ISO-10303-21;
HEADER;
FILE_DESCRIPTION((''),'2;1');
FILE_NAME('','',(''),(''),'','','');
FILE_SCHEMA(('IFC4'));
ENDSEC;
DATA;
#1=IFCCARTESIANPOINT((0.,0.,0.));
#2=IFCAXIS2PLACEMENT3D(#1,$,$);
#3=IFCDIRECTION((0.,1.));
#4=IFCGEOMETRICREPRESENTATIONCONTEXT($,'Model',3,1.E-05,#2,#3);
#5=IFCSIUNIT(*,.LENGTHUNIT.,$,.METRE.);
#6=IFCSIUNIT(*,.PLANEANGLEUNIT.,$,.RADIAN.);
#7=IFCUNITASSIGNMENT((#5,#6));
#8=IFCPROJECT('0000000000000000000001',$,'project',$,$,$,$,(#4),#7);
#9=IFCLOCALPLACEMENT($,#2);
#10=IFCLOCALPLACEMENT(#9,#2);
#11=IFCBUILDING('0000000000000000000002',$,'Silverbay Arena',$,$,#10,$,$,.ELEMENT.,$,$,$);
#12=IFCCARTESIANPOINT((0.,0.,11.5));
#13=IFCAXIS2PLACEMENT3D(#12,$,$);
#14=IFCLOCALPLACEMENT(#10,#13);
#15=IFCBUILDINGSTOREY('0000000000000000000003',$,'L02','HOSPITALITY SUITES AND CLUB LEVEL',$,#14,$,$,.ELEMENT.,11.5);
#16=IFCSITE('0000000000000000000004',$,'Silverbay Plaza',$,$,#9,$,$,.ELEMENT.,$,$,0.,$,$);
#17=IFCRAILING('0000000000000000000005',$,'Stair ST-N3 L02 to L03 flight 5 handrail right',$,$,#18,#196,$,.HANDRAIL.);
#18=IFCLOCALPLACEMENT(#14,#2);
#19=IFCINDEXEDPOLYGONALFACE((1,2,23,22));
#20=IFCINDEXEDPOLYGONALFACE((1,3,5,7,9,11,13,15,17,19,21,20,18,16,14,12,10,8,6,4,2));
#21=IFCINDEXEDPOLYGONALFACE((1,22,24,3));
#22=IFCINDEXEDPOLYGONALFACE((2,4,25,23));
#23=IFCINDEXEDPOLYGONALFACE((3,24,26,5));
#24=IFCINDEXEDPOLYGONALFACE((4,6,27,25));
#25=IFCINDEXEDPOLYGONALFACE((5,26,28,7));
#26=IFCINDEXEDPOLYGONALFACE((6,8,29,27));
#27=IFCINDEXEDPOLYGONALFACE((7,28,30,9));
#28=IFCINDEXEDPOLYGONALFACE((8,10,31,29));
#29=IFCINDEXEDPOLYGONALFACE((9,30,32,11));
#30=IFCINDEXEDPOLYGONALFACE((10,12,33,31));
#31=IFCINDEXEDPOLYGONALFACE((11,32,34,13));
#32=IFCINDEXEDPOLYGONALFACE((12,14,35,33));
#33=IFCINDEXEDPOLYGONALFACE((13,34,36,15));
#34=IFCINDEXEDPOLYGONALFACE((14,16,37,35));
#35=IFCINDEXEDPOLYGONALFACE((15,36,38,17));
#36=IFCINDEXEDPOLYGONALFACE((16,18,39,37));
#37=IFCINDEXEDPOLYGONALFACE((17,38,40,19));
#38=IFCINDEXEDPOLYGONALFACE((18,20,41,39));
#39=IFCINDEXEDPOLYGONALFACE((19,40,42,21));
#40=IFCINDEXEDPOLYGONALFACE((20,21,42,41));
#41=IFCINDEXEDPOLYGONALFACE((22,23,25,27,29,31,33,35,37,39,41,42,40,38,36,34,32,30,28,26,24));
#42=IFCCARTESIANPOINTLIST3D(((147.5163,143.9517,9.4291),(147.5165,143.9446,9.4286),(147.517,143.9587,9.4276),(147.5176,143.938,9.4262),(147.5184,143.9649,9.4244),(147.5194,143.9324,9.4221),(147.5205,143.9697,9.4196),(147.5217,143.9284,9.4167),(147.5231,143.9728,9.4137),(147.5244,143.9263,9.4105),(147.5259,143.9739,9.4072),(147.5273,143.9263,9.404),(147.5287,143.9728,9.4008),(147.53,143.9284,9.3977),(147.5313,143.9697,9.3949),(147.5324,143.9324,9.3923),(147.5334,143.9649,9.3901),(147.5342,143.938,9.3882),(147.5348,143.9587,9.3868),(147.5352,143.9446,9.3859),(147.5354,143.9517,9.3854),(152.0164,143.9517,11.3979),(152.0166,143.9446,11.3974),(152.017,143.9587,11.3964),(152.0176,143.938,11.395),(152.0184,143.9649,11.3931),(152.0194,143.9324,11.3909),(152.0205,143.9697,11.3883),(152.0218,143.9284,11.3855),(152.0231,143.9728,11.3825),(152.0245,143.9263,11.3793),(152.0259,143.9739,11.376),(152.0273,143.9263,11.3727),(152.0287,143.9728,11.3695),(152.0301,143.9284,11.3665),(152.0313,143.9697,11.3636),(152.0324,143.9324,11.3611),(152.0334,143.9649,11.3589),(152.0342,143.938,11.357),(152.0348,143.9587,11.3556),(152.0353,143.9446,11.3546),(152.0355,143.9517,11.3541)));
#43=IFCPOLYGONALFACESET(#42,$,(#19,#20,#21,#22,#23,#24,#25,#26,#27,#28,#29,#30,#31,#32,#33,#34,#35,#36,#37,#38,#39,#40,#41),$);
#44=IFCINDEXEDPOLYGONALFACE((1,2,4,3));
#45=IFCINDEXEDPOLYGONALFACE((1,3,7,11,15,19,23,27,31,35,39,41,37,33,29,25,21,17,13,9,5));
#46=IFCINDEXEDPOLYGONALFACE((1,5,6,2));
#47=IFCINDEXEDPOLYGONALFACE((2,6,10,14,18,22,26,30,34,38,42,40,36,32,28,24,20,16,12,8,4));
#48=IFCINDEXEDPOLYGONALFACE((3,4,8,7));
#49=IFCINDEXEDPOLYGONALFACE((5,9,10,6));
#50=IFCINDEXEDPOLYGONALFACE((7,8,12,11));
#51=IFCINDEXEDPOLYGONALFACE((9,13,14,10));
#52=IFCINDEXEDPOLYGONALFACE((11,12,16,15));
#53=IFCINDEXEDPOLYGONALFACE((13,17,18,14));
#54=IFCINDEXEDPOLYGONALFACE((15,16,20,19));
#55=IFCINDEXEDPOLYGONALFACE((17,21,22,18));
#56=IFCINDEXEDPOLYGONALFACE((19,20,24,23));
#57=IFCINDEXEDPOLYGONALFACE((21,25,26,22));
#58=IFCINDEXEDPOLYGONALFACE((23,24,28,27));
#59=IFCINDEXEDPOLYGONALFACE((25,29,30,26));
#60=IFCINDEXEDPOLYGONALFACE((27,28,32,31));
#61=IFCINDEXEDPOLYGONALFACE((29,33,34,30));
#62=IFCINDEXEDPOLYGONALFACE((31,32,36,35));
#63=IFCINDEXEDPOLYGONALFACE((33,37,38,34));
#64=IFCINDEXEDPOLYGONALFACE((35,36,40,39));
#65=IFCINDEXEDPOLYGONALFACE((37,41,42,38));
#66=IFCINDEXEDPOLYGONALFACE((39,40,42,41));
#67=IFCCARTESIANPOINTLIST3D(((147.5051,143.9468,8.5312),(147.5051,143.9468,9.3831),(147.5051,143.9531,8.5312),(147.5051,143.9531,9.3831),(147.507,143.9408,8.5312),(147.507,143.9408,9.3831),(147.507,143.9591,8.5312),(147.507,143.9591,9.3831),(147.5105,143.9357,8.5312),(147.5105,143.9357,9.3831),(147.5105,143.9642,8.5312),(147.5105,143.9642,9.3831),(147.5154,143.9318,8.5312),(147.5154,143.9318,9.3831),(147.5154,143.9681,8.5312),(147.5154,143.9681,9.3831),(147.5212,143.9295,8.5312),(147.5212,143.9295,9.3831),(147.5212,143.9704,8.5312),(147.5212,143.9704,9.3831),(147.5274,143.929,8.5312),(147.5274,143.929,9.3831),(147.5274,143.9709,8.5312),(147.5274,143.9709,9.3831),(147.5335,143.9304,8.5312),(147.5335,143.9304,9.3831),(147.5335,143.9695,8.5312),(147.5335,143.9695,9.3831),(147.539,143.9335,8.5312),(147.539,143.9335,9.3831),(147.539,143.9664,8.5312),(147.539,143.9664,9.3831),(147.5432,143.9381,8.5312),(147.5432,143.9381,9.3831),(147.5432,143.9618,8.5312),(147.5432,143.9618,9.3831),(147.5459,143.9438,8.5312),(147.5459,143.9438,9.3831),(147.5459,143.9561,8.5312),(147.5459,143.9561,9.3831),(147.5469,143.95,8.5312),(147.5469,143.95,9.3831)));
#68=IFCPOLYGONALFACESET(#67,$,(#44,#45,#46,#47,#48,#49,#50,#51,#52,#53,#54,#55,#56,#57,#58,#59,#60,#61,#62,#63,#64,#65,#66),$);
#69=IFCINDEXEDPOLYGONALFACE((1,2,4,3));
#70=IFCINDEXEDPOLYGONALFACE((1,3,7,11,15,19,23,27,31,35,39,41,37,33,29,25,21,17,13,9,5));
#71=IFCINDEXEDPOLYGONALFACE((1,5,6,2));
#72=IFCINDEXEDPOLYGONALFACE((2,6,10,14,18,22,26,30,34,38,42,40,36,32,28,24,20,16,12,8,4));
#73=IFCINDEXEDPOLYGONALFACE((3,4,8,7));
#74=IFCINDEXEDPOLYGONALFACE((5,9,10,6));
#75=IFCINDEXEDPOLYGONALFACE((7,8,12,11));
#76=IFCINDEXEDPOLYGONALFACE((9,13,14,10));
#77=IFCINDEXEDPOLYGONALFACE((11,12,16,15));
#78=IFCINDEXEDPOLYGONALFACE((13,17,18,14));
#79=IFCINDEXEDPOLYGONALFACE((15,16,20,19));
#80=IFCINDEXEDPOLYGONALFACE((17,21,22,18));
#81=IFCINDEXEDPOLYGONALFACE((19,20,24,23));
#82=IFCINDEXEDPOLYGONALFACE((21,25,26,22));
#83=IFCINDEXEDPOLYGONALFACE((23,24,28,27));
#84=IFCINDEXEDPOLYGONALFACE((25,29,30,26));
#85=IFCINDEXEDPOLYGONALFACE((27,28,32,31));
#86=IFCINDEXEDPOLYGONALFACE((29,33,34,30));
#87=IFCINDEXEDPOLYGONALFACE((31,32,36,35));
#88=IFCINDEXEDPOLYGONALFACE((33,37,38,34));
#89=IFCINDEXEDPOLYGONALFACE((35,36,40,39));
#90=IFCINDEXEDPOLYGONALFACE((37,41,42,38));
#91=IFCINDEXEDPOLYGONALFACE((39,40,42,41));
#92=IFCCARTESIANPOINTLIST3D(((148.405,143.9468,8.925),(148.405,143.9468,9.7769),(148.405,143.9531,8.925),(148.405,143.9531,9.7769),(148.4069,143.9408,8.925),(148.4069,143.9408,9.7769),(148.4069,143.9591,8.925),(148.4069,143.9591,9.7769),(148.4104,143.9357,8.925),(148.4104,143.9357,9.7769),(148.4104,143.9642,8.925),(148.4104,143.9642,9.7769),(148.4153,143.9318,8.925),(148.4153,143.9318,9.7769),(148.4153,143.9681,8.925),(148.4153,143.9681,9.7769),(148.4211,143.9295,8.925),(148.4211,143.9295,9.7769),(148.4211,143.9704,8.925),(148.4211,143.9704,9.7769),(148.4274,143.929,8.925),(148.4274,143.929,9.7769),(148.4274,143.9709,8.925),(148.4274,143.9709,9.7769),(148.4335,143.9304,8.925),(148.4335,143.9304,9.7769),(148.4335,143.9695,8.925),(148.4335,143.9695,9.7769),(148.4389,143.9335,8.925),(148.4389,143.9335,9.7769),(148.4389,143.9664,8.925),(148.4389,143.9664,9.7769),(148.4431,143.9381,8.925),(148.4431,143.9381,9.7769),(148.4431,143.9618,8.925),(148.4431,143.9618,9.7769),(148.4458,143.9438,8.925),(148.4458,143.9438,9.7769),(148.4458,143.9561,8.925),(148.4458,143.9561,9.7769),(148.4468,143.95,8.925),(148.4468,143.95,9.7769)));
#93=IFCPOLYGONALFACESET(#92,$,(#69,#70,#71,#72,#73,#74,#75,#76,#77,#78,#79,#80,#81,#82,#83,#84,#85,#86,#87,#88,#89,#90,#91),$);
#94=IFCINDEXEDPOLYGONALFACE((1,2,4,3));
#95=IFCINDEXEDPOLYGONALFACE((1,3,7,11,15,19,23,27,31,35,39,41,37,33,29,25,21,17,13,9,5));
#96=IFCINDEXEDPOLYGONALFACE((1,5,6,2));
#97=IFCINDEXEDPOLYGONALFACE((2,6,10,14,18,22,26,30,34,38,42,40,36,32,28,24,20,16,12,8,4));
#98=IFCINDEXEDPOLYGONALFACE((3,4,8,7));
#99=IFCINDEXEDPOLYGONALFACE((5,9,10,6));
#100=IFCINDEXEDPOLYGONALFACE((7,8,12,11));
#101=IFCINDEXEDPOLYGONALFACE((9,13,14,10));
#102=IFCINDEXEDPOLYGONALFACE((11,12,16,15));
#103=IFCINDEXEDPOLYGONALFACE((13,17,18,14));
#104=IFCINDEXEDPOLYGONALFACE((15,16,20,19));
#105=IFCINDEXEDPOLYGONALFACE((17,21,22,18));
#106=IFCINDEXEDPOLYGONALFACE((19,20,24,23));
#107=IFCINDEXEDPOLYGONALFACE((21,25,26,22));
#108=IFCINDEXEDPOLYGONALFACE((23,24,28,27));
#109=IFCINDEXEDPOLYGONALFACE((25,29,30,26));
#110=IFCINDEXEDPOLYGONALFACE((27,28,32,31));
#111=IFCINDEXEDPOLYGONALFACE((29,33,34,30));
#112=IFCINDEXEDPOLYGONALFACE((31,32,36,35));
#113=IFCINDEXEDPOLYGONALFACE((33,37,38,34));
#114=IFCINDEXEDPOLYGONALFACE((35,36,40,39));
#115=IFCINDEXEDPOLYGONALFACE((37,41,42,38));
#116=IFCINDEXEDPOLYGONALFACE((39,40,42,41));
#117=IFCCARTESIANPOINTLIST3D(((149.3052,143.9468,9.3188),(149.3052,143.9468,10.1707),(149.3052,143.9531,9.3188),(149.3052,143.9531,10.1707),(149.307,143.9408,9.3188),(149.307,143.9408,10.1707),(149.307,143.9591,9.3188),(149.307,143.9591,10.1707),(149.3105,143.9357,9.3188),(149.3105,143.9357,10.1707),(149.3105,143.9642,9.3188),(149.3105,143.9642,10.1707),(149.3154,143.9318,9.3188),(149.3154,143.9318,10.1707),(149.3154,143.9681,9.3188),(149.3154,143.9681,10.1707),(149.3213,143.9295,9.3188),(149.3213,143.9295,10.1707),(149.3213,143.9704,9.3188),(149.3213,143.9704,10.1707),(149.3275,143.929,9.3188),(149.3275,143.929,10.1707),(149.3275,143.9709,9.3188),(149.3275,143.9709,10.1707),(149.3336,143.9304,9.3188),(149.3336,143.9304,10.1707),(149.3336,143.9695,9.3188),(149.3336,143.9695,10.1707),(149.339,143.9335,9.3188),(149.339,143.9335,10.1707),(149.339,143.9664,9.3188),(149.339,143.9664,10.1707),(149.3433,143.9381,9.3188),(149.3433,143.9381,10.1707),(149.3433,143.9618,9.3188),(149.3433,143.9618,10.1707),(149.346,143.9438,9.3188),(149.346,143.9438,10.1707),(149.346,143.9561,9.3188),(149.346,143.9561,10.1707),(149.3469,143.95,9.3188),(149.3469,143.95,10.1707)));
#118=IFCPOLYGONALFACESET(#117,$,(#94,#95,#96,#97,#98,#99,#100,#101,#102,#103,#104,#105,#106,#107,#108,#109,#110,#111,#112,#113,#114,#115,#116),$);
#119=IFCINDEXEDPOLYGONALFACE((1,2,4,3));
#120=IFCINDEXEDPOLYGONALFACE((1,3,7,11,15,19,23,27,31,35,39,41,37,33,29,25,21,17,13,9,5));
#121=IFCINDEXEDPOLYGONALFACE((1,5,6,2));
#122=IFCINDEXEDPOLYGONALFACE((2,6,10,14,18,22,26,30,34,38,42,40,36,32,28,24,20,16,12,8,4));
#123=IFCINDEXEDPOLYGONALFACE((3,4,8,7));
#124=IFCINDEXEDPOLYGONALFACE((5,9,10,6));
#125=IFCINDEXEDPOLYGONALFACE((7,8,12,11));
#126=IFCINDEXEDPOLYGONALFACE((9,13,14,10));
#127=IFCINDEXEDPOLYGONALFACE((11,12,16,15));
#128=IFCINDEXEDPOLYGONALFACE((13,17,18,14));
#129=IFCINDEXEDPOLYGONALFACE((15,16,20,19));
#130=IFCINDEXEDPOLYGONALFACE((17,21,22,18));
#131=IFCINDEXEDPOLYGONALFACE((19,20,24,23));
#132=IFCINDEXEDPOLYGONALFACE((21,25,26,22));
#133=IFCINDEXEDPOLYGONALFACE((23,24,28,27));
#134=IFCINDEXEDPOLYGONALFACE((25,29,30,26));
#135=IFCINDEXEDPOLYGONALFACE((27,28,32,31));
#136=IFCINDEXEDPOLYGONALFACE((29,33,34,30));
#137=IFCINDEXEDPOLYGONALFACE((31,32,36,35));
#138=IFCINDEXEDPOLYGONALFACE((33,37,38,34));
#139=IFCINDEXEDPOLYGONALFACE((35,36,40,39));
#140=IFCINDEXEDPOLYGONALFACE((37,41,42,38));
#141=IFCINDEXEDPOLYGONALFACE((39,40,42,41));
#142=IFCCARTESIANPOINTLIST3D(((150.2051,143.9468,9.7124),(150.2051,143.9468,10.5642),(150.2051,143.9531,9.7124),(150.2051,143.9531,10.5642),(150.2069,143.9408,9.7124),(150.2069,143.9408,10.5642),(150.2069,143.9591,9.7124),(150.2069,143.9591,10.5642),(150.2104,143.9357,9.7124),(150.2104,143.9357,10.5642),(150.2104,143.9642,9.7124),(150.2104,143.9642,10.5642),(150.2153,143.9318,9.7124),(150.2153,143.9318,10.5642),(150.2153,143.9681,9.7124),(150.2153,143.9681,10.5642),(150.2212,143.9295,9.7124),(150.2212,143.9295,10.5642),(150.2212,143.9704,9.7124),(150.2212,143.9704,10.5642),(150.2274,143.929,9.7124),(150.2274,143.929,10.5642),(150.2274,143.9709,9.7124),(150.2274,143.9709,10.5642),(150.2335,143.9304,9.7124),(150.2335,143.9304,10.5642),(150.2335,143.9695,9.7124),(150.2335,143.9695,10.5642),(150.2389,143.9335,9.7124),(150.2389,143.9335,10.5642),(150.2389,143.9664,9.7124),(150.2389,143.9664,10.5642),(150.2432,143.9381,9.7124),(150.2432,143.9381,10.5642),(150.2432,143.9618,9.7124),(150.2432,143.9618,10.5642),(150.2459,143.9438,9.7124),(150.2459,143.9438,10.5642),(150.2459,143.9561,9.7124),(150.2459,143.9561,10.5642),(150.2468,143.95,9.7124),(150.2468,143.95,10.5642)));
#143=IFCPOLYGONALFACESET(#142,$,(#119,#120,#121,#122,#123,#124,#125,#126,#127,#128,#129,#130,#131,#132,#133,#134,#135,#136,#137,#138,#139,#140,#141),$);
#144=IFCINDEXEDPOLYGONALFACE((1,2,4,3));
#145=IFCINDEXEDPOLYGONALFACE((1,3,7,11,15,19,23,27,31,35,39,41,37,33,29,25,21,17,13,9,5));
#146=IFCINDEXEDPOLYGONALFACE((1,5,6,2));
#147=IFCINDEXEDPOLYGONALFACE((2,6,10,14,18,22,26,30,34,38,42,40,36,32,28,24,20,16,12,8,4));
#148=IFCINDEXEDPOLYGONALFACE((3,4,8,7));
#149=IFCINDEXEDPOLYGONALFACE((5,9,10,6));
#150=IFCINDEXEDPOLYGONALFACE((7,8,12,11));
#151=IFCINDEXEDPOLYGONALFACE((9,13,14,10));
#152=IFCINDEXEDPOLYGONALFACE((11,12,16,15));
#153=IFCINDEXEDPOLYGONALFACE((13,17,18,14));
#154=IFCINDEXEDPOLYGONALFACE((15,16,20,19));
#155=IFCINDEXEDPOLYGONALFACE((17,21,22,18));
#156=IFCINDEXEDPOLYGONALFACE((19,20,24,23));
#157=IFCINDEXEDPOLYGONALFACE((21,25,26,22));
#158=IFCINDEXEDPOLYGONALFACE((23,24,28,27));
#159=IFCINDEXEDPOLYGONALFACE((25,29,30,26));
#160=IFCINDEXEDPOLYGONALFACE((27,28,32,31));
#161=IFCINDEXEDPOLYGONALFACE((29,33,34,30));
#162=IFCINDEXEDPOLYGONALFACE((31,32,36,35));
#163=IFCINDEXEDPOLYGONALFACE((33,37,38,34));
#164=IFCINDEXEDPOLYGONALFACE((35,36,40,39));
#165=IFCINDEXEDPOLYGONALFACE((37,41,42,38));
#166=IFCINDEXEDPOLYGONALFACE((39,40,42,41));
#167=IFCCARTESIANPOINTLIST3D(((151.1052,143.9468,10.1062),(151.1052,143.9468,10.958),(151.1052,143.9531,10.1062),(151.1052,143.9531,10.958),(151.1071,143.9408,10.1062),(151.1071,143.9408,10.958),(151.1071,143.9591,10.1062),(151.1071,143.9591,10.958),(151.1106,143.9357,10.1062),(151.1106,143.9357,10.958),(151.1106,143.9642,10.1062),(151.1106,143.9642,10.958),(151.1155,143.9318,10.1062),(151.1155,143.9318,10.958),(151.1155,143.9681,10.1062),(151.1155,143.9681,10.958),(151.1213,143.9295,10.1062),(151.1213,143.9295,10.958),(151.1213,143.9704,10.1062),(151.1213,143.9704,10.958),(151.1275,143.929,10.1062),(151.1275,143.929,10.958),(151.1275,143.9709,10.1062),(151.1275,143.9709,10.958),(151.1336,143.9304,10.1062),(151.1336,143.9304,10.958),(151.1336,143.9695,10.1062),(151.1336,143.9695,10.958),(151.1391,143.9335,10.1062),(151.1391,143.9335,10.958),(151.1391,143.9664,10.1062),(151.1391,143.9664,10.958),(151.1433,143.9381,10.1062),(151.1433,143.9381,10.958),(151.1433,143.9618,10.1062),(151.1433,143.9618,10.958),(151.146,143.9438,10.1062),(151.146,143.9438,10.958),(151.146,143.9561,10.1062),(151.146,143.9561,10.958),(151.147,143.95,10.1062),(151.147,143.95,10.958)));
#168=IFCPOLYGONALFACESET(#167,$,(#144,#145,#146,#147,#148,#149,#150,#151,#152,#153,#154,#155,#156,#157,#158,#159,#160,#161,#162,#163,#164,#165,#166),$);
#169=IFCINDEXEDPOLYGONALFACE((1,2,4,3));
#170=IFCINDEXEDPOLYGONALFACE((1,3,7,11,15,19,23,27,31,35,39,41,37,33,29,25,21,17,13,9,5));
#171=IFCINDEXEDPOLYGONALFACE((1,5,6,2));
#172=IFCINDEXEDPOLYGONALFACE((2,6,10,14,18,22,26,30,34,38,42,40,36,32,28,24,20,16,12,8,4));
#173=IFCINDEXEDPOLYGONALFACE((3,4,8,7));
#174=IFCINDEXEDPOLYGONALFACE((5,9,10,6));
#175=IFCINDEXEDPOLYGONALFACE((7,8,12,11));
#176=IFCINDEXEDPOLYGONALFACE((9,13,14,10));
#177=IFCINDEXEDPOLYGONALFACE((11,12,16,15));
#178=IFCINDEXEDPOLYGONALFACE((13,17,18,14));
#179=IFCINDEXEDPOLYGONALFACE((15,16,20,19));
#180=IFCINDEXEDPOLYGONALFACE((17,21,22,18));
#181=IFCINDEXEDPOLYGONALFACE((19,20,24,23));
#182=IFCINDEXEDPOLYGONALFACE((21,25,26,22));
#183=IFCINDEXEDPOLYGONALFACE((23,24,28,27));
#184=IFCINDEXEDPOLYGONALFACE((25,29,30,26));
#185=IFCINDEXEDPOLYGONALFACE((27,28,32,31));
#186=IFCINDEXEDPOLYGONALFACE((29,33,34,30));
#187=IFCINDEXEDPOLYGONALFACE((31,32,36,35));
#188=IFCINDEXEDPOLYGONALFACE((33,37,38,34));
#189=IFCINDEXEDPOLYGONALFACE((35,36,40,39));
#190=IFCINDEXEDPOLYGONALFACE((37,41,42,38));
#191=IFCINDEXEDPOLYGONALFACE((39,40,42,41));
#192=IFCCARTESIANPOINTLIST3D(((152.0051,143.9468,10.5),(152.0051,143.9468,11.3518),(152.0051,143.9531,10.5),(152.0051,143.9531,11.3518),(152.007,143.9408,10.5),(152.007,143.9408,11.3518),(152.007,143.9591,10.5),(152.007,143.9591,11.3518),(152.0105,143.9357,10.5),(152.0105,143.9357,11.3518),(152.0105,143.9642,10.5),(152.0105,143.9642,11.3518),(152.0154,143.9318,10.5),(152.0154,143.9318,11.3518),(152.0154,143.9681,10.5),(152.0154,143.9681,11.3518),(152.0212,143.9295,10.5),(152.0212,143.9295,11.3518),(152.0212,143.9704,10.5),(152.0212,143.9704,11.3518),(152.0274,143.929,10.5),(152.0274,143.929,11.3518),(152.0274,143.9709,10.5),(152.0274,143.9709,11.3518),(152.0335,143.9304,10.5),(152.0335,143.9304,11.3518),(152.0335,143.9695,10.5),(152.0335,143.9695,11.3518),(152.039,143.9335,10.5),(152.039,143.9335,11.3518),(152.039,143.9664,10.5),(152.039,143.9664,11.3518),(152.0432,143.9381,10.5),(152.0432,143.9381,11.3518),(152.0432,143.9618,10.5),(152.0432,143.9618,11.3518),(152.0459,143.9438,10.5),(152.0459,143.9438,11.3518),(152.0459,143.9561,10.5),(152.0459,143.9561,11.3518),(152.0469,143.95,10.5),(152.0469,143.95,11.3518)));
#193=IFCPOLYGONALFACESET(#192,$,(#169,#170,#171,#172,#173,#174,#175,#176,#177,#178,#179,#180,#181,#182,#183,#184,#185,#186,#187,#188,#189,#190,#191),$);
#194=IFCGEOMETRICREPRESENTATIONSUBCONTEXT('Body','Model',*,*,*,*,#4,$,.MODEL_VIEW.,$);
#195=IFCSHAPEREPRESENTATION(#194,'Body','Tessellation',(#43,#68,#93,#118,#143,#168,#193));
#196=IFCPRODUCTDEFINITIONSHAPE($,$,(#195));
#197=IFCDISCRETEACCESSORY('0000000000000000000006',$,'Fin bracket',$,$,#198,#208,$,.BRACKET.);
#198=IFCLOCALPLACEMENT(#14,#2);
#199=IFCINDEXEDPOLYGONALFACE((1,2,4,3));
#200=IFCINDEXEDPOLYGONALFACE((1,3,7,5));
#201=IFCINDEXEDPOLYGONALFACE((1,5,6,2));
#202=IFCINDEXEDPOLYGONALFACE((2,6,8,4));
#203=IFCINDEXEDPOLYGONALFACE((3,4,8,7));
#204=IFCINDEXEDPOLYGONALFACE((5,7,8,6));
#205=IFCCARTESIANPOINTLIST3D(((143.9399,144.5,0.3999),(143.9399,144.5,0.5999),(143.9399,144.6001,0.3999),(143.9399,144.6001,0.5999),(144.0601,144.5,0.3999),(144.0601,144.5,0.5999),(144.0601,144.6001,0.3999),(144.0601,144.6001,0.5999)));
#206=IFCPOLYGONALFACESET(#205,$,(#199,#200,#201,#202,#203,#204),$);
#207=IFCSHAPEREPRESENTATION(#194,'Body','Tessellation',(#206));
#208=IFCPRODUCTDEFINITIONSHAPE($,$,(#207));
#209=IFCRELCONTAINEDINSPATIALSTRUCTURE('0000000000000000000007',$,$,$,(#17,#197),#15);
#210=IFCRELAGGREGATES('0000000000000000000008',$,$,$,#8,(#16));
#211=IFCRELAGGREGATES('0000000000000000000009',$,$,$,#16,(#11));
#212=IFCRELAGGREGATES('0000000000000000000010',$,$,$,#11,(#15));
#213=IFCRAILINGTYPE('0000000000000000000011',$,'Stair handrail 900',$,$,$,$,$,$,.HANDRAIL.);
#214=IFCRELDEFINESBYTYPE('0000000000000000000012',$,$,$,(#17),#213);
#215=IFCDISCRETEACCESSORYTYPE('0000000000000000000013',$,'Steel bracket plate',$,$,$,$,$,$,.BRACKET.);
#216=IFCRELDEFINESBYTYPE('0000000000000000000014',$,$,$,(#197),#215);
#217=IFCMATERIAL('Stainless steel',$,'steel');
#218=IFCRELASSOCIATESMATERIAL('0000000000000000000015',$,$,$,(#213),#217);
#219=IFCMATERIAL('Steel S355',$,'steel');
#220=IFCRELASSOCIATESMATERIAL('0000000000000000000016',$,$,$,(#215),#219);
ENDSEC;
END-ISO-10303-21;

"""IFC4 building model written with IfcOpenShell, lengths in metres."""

from ifc_helpers import new_model, si_unit, direction, frame, origin, origin_2d, place, context, subcontext, project, spatial, rectangle, circle, extrude, material, type_object, element, save


model = new_model("IFC4")

# Units and contexts
model_context = context("Model", 3, precision=1e-05, world=origin(), true_north=direction((0.0, 1.0)))
body_context = subcontext(model_context, "Body", "Model", "MODEL_VIEW")
ifc_project = project(units=[si_unit("LENGTHUNIT", "METRE"), si_unit("PLANEANGLEUNIT", "RADIAN")], contexts=[model_context])

# Site, building, storey
site_placement = place(None, origin())
site = spatial("IfcSite", under=ifc_project, at=site_placement, Name="Silverbay Plaza", CompositionType="ELEMENT", RefElevation=0.0)
building_placement = place(site_placement, origin())
building = spatial("IfcBuilding", under=site, at=building_placement, Name="Silverbay Arena", CompositionType="ELEMENT")
storey_placement = place(building_placement, frame((0.0, 0.0, 11.5)))
storey = spatial("IfcBuildingStorey", under=building, at=storey_placement, Name="L02", Description="HOSPITALITY SUITES AND CLUB LEVEL", CompositionType="ELEMENT", Elevation=11.5)

# Railing
ifc_material_1 = material(Name="Stainless steel", Category="steel")
railing_type_1 = type_object("IfcRailingType", Name="Stair handrail 900", PredefinedType="HANDRAIL", material=ifc_material_1)
for number, where, name in (
    (1, (147.5259, 143.95, 8.5312), "Stair ST-N3 L02 to L03 flight 5 handrail right"),
):
    element("IfcRailing", number, at=place(storey_placement, frame(where)), inside=storey, type_object=railing_type_1, Name=name, PredefinedType="HANDRAIL", context=body_context, shape_type="SweptSolid", body=[
        extrude(circle(Radius=0.0239, at=origin_2d()), frame((0.0, 0.0, 0.876), z_axis=(0.916157, 0.0, 0.400819), x_axis=(0.0, 1.0, 0.0)), (0.0, 0.0, 1.0), 4.9119),
        extrude(circle(Radius=0.021, at=origin_2d()), origin(), (0.0, 0.0, 1.0), 0.8518),
        extrude(circle(Radius=0.021, at=origin_2d()), frame((0.8999, 0.0, 0.3938)), (0.0, 0.0, 1.0), 0.8518),
        extrude(circle(Radius=0.021, at=origin_2d()), frame((1.8, 0.0, 0.7876)), (0.0, 0.0, 1.0), 0.8518),
        extrude(circle(Radius=0.021, at=origin_2d()), frame((2.7, 0.0, 1.1812)), (0.0, 0.0, 1.0), 0.8518),
        extrude(circle(Radius=0.021, at=origin_2d()), frame((3.6001, 0.0, 1.575)), (0.0, 0.0, 1.0), 0.8518),
        extrude(circle(Radius=0.021, at=origin_2d()), frame((4.5, 0.0, 1.9688)), (0.0, 0.0, 1.0), 0.8518),
    ])

# Discrete accessory
ifc_material_2 = material(Name="Steel S355", Category="steel")
discrete_accessory_type = type_object("IfcDiscreteAccessoryType", Name="Steel bracket plate", PredefinedType="BRACKET", material=ifc_material_2)
discrete_accessory_placement = place(storey_placement, frame((144.0, 144.55, 0.3999), z_axis=(0.0, 0.0, 1.0), x_axis=(1.0, 0.0, 0.0)))
element("IfcDiscreteAccessory", 2, at=discrete_accessory_placement, inside=storey, type_object=discrete_accessory_type, Name="Fin bracket", PredefinedType="BRACKET", context=body_context, shape_type="SweptSolid", body=[
    extrude(rectangle(XDim=0.1201, YDim=0.1001, at=origin_2d()), origin(), (0.0, 0.0, 1.0), 0.2),
])

save(model, "model.ifc")
